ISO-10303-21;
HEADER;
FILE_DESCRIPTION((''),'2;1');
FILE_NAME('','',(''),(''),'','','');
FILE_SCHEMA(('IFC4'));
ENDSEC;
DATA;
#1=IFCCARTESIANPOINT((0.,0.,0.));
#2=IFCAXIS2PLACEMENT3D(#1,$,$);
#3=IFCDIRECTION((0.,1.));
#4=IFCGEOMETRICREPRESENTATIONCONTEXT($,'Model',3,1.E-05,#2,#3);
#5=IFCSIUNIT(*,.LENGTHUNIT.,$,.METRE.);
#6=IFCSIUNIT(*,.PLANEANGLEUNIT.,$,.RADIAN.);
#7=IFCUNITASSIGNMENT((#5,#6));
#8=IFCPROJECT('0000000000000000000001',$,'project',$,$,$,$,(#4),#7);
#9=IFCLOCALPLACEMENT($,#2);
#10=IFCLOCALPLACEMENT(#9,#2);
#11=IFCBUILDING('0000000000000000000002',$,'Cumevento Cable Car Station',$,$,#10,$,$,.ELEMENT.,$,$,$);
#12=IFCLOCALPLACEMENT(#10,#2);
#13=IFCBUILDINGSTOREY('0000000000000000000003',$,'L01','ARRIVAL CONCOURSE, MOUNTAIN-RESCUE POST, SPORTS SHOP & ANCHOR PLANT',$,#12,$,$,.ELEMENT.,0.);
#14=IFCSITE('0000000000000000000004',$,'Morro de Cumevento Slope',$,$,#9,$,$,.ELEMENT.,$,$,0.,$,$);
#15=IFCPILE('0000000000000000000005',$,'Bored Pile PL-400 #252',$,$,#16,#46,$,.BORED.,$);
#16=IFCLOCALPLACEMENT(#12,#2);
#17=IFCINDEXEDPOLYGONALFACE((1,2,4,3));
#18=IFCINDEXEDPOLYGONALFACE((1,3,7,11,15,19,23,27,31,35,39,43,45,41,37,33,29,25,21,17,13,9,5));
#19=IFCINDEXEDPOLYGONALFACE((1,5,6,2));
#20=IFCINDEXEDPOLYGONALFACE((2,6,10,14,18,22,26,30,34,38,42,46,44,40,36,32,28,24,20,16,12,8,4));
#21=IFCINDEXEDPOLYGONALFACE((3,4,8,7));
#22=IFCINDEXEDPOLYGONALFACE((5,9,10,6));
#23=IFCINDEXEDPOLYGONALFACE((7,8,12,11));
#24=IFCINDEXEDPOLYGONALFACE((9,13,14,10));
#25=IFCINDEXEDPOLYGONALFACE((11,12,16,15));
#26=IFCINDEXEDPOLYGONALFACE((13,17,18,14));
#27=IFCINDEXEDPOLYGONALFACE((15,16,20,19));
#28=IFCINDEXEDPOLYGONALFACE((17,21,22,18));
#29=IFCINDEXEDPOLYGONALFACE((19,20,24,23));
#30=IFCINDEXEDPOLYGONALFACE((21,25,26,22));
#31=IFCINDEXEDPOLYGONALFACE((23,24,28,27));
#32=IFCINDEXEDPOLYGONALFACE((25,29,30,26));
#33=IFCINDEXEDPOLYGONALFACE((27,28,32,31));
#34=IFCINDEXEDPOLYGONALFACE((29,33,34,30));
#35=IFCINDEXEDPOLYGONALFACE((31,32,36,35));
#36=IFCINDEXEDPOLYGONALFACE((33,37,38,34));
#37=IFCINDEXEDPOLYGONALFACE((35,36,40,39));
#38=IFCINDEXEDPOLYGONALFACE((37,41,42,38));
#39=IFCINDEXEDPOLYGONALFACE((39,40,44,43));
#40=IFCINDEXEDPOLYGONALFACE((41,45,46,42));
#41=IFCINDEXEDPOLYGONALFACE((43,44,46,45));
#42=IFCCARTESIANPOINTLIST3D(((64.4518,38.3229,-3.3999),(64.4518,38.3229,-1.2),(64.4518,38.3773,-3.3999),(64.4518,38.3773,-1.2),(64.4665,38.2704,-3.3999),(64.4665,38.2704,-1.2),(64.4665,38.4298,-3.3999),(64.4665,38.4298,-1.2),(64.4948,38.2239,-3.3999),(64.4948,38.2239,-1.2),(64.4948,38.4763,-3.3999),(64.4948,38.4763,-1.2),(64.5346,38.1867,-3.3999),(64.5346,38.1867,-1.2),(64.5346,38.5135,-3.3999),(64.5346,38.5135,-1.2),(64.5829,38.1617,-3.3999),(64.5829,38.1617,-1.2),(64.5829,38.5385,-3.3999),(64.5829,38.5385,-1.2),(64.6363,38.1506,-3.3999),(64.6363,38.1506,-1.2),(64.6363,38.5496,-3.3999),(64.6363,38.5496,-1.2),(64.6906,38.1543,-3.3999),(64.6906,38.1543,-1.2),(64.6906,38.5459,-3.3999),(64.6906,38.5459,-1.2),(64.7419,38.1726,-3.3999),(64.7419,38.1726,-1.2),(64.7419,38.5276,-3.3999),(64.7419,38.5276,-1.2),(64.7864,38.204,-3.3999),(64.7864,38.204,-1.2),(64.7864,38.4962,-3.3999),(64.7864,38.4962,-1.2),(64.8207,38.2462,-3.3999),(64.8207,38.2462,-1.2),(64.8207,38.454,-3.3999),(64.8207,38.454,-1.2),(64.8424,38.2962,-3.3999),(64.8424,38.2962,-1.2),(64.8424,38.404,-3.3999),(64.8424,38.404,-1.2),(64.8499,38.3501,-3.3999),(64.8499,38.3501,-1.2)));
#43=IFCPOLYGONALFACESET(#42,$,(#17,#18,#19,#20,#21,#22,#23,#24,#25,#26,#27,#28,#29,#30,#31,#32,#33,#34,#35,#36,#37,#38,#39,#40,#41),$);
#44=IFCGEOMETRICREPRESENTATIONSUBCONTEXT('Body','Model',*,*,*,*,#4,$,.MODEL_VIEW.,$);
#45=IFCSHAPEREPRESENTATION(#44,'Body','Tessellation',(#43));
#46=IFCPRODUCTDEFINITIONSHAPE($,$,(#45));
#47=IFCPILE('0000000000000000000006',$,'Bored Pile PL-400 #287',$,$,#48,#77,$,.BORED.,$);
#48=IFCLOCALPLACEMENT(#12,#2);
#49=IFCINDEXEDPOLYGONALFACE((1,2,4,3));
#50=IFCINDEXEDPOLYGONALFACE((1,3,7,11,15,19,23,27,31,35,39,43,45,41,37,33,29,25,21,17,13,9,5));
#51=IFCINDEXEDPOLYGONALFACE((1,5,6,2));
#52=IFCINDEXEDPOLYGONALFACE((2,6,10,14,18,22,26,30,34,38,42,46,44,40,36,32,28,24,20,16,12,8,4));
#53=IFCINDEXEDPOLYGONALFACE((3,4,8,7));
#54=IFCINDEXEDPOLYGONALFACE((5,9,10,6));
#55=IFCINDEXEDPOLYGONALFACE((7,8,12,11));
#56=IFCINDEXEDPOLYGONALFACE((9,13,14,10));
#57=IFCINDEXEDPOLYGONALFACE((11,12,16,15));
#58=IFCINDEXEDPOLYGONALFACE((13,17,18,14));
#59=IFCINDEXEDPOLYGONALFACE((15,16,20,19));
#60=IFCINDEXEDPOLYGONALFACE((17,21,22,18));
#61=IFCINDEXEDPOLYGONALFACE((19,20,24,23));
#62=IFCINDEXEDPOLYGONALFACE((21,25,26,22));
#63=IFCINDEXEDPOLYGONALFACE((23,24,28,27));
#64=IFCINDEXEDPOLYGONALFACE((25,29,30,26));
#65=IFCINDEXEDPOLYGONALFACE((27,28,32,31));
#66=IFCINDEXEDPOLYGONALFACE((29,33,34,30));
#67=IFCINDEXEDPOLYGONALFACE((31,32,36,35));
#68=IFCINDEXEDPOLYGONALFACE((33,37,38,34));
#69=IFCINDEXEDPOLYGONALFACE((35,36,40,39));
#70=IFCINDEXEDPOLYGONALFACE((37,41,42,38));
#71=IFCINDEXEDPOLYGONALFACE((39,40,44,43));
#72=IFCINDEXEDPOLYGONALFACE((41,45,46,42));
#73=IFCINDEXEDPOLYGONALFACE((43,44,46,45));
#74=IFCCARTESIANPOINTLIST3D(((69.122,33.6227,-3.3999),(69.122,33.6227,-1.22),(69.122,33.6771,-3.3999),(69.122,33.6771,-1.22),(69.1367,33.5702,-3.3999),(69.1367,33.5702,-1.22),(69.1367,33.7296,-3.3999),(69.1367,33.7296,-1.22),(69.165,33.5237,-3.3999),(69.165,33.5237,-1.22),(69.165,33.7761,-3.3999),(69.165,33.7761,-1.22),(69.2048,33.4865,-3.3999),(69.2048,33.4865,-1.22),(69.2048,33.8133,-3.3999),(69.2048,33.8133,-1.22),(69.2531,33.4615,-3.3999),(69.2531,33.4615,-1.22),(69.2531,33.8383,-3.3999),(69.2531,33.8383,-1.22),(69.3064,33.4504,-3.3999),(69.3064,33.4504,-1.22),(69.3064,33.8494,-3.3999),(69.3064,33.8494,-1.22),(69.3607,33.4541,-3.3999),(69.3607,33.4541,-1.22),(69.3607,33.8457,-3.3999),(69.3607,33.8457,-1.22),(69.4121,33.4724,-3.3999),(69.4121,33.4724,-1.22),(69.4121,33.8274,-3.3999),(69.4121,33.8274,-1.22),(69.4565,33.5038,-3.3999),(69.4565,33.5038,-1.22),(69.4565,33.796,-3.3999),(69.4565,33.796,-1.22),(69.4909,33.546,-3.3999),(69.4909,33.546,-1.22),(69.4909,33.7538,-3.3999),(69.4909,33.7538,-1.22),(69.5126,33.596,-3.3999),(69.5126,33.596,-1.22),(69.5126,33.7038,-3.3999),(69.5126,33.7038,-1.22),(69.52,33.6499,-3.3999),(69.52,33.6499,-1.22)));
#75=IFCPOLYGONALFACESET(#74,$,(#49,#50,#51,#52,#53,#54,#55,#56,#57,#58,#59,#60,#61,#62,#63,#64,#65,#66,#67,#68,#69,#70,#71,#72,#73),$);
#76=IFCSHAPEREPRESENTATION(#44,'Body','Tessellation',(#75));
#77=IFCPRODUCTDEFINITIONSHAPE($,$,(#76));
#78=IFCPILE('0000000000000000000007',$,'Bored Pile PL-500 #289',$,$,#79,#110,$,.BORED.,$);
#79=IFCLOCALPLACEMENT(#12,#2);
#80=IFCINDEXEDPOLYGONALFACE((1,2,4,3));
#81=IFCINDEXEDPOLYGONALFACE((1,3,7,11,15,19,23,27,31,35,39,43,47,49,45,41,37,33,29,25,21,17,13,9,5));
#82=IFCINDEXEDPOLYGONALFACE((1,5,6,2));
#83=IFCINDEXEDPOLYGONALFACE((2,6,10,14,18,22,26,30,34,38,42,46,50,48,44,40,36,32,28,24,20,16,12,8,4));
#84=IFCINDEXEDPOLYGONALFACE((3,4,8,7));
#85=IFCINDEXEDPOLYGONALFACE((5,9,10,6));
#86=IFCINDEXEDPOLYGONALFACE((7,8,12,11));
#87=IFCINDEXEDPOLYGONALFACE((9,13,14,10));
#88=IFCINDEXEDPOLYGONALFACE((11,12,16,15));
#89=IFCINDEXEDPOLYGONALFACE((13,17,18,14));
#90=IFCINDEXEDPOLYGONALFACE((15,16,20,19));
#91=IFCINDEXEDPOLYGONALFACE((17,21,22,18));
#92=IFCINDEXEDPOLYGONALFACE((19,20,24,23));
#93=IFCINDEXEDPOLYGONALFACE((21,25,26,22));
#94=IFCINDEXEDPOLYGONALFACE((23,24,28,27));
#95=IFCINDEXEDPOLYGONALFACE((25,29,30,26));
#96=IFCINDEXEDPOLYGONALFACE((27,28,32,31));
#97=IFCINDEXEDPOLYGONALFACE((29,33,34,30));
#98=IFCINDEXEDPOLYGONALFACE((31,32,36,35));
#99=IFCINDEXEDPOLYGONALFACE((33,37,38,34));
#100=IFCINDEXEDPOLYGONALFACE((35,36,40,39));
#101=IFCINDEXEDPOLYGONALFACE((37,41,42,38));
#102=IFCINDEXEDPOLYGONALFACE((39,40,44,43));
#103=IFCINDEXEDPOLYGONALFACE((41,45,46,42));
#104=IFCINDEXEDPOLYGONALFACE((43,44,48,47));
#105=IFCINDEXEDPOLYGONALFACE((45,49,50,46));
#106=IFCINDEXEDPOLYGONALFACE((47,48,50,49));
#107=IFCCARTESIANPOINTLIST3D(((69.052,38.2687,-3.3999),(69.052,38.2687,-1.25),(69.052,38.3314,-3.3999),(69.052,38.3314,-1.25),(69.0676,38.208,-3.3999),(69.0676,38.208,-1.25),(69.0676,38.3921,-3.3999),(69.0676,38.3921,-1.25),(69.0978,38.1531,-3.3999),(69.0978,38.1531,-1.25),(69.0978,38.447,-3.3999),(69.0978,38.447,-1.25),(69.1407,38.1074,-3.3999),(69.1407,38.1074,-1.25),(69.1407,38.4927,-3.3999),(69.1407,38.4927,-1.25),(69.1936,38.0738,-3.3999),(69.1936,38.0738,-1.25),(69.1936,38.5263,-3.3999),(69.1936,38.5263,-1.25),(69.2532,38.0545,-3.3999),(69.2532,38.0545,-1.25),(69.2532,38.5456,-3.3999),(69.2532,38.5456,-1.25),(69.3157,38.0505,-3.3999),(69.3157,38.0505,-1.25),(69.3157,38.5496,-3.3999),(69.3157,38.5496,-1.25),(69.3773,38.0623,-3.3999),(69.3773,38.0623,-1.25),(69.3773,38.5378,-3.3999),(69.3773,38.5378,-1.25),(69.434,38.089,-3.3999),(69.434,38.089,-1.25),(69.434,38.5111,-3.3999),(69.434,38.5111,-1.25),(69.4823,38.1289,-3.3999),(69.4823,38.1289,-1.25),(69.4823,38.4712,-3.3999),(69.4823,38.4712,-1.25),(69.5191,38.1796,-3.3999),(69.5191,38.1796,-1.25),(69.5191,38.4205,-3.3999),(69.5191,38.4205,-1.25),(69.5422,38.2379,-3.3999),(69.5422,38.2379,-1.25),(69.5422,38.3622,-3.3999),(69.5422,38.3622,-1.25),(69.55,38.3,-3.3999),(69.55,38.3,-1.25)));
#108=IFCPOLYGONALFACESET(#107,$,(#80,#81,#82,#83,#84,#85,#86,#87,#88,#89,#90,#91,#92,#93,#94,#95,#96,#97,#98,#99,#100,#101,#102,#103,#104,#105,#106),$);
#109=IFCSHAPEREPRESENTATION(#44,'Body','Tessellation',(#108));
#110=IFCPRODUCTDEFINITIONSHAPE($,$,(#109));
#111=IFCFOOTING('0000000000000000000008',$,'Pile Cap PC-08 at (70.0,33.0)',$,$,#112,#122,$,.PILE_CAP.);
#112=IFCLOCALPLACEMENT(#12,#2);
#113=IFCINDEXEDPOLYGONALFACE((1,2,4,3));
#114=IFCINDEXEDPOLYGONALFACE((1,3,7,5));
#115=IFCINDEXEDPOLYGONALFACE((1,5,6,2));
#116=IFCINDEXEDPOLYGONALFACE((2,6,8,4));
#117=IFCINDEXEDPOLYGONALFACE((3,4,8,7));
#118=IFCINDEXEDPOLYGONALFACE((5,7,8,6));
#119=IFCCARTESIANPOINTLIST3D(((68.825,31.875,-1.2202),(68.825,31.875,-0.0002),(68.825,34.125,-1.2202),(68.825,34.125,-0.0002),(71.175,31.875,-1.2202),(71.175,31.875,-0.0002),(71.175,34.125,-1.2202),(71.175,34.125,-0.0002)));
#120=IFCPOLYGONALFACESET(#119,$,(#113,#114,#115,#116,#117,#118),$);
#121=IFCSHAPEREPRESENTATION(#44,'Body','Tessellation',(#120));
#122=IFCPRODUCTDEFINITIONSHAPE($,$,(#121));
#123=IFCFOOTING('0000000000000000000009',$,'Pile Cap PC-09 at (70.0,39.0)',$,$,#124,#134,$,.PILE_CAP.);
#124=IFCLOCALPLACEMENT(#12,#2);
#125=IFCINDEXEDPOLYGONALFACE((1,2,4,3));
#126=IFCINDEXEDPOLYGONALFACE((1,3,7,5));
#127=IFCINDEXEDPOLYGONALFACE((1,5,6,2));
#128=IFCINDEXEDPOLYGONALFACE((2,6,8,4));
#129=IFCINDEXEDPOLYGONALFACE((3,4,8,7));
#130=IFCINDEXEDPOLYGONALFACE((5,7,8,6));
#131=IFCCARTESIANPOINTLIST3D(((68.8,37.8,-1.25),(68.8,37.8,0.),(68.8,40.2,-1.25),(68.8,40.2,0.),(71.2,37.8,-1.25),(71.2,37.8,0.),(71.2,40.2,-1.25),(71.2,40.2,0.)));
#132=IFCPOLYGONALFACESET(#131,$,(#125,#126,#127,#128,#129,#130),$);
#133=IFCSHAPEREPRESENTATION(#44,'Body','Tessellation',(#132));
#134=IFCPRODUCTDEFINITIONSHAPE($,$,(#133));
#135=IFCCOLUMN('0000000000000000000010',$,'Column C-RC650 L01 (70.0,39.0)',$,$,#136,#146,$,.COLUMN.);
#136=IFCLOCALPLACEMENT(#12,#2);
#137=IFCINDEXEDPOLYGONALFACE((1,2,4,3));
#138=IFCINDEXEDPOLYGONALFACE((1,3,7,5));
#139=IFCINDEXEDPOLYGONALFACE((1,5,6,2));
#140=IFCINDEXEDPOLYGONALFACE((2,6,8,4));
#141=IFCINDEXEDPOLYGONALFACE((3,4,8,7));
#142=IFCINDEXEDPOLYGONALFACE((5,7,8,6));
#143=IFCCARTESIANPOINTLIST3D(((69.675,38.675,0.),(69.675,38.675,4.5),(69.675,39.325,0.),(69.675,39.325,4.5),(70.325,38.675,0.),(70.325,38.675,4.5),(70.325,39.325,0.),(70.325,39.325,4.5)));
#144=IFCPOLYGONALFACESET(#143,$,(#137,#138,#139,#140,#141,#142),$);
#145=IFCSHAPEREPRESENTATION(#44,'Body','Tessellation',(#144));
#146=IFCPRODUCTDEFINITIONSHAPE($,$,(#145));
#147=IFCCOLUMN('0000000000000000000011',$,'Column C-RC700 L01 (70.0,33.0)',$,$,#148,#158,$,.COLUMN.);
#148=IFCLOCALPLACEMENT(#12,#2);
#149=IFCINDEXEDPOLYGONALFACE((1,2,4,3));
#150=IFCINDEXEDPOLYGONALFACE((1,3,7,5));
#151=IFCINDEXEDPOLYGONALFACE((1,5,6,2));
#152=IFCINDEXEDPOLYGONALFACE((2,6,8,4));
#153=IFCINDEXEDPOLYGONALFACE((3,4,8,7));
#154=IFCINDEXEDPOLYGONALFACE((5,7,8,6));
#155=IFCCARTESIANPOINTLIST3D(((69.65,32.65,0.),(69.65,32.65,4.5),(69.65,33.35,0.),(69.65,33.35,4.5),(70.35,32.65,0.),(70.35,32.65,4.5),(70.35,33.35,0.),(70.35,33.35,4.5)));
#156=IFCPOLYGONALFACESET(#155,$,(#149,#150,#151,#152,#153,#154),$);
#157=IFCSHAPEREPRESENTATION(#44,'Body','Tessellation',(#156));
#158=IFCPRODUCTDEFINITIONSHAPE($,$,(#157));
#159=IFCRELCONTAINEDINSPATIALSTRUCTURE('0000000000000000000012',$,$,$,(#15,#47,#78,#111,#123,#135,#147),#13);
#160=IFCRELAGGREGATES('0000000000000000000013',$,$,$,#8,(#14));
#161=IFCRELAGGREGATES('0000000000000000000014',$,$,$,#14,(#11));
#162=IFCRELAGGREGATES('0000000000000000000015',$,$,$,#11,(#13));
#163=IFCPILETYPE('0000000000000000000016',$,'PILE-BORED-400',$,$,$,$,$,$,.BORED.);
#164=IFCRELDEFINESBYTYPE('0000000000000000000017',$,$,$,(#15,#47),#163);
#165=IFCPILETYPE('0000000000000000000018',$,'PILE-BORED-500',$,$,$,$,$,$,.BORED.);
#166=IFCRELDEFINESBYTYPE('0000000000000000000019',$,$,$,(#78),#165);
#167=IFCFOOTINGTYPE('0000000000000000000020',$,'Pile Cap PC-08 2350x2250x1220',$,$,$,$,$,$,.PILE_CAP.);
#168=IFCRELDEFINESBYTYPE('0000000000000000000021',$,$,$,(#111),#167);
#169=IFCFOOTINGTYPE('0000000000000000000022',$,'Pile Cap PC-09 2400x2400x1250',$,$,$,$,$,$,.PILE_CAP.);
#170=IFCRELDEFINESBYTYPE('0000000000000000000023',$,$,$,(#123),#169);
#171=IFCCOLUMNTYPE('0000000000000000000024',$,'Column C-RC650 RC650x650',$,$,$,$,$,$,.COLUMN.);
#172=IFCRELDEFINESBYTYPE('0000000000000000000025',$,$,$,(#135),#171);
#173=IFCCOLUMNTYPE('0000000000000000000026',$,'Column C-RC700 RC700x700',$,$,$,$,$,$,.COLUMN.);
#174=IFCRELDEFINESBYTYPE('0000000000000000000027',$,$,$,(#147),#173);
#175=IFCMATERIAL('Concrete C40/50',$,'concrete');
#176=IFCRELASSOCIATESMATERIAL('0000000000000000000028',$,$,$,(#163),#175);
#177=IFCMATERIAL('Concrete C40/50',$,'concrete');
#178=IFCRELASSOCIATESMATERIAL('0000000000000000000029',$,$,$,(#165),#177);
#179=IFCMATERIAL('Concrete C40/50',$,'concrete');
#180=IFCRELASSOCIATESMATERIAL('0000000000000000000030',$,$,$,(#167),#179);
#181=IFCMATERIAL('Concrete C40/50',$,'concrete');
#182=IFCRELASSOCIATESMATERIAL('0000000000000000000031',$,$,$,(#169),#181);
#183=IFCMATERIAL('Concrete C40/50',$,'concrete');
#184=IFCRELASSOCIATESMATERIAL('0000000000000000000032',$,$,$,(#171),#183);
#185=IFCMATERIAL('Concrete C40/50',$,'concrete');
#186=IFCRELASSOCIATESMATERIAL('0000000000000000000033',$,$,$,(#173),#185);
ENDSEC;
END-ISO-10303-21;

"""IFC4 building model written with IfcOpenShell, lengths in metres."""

from ifc_helpers import new_model, si_unit, direction, frame, origin, origin_2d, place, context, subcontext, project, spatial, rectangle, circle, extrude, material, material_profile, profile_set, type_object, element, save


model = new_model("IFC4")

# Units and contexts
model_context = context("Model", 3, precision=1e-05, world=origin(), true_north=direction((0.0, 1.0)))
body_context = subcontext(model_context, "Body", "Model", "MODEL_VIEW")
ifc_project = project(units=[si_unit("LENGTHUNIT", "METRE"), si_unit("PLANEANGLEUNIT", "RADIAN")], contexts=[model_context])

# Site, building, storey
site_placement = place(None, origin())
site = spatial("IfcSite", under=ifc_project, at=site_placement, Name="Morro de Cumevento Slope", CompositionType="ELEMENT", RefElevation=0.0)
building_placement = place(site_placement, origin())
building = spatial("IfcBuilding", under=site, at=building_placement, Name="Cumevento Cable Car Station", CompositionType="ELEMENT")
storey_placement = place(building_placement, origin())
storey = spatial("IfcBuildingStorey", under=building, at=storey_placement, Name="L01", Description="ARRIVAL CONCOURSE, MOUNTAIN-RESCUE POST, SPORTS SHOP & ANCHOR PLANT", CompositionType="ELEMENT", Elevation=0.0)

# Piles
ifc_material_1 = material(Name="Concrete C40/50", Category="concrete")
ifc_material_profile_1 = material_profile(ifc_material_1, circle(Radius=0.2, at=origin_2d()), Name="PILE-D400")
ifc_profile_set_1 = profile_set([ifc_material_profile_1], Name="Concrete C40/50")
pile_type_1 = type_object("IfcPileType", Name="PILE-BORED-400", PredefinedType="BORED", material=ifc_profile_set_1)
pile_1_placement = place(storey_placement, frame((64.6499, 38.3501, -1.2), z_axis=(0.0, 0.0, -1.0), x_axis=(1.0, 0.0, 0.0)))
element("IfcPile", 1, at=pile_1_placement, inside=storey, type_object=pile_type_1, Name="Bored Pile PL-400 #252", PredefinedType="BORED", context=body_context, shape_type="SweptSolid", body=[
    extrude(circle(Radius=0.2, at=origin_2d()), origin(), (0.0, 0.0, 1.0), 2.2),
])
pile_2_placement = place(storey_placement, frame((69.3201, 33.6499, -1.22), z_axis=(0.0, 0.0, -1.0), x_axis=(1.0, 0.0, 0.0)))
element("IfcPile", 2, at=pile_2_placement, inside=storey, type_object=pile_type_1, Name="Bored Pile PL-400 #287", PredefinedType="BORED", context=body_context, shape_type="SweptSolid", body=[
    extrude(circle(Radius=0.2, at=origin_2d()), origin(), (0.0, 0.0, 1.0), 2.1799),
])
ifc_material_2 = material(Name="Concrete C40/50", Category="concrete")
ifc_material_profile_2 = material_profile(ifc_material_2, circle(Radius=0.25, at=origin_2d()), Name="PILE-D500")
ifc_profile_set_2 = profile_set([ifc_material_profile_2], Name="Concrete C40/50")
pile_type_2 = type_object("IfcPileType", Name="PILE-BORED-500", PredefinedType="BORED", material=ifc_profile_set_2)
pile_3_placement = place(storey_placement, frame((69.3, 38.3, -1.25), z_axis=(0.0, 0.0, -1.0), x_axis=(1.0, 0.0, 0.0)))
element("IfcPile", 3, at=pile_3_placement, inside=storey, type_object=pile_type_2, Name="Bored Pile PL-500 #289", PredefinedType="BORED", context=body_context, shape_type="SweptSolid", body=[
    extrude(circle(Radius=0.25, at=origin_2d()), origin(), (0.0, 0.0, 1.0), 2.1499),
])

# Footings
ifc_material_3 = material(Name="Concrete C40/50", Category="concrete")
footing_type_1 = type_object("IfcFootingType", Name="Pile Cap PC-08 2350x2250x1220", PredefinedType="PILE_CAP", material=ifc_material_3)
footing_1_placement = place(storey_placement, frame((70.0, 33.0, -1.2202), z_axis=(0.0, 0.0, 1.0), x_axis=(1.0, 0.0, 0.0)))
element("IfcFooting", 4, at=footing_1_placement, inside=storey, type_object=footing_type_1, Name="Pile Cap PC-08 at (70.0,33.0)", PredefinedType="PILE_CAP", context=body_context, shape_type="SweptSolid", body=[
    extrude(rectangle(XDim=2.3501, YDim=2.25, at=origin_2d()), origin(), (0.0, 0.0, 1.0), 1.22),
])
ifc_material_4 = material(Name="Concrete C40/50", Category="concrete")
footing_type_2 = type_object("IfcFootingType", Name="Pile Cap PC-09 2400x2400x1250", PredefinedType="PILE_CAP", material=ifc_material_4)
footing_2_placement = place(storey_placement, frame((70.0, 39.0, -1.25), z_axis=(0.0, 0.0, 1.0), x_axis=(1.0, 0.0, 0.0)))
element("IfcFooting", 5, at=footing_2_placement, inside=storey, type_object=footing_type_2, Name="Pile Cap PC-09 at (70.0,39.0)", PredefinedType="PILE_CAP", context=body_context, shape_type="SweptSolid", body=[
    extrude(rectangle(XDim=2.3999, YDim=2.3999, at=origin_2d()), origin(), (0.0, 0.0, 1.0), 1.25),
])

# Columns
ifc_material_5 = material(Name="Concrete C40/50", Category="concrete")
ifc_material_profile_3 = material_profile(ifc_material_5, rectangle(XDim=0.6499, YDim=0.6499, at=origin_2d()), Name="RC650x650")
ifc_profile_set_3 = profile_set([ifc_material_profile_3], Name="Concrete C40/50")
column_type_1 = type_object("IfcColumnType", Name="Column C-RC650 RC650x650", PredefinedType="COLUMN", material=ifc_profile_set_3)
column_1_placement = place(storey_placement, frame((70.0, 39.0, 0.0), z_axis=(0.0, 0.0, 1.0), x_axis=(1.0, 0.0, 0.0)))
element("IfcColumn", 6, at=column_1_placement, inside=storey, type_object=column_type_1, Name="Column C-RC650 L01 (70.0,39.0)", PredefinedType="COLUMN", context=body_context, shape_type="SweptSolid", body=[
    extrude(rectangle(XDim=0.6499, YDim=0.6499, at=origin_2d()), origin(), (0.0, 0.0, 1.0), 4.5),
])
ifc_material_6 = material(Name="Concrete C40/50", Category="concrete")
ifc_material_profile_4 = material_profile(ifc_material_6, rectangle(XDim=0.7, YDim=0.7, at=origin_2d()), Name="RC700x700")
ifc_profile_set_4 = profile_set([ifc_material_profile_4], Name="Concrete C40/50")
column_type_2 = type_object("IfcColumnType", Name="Column C-RC700 RC700x700", PredefinedType="COLUMN", material=ifc_profile_set_4)
column_2_placement = place(storey_placement, frame((70.0, 33.0, 0.0), z_axis=(0.0, 0.0, 1.0), x_axis=(1.0, 0.0, 0.0)))
element("IfcColumn", 7, at=column_2_placement, inside=storey, type_object=column_type_2, Name="Column C-RC700 L01 (70.0,33.0)", PredefinedType="COLUMN", context=body_context, shape_type="SweptSolid", body=[
    extrude(rectangle(XDim=0.7, YDim=0.7, at=origin_2d()), origin(), (0.0, 0.0, 1.0), 4.5),
])

save(model, "model.ifc")
